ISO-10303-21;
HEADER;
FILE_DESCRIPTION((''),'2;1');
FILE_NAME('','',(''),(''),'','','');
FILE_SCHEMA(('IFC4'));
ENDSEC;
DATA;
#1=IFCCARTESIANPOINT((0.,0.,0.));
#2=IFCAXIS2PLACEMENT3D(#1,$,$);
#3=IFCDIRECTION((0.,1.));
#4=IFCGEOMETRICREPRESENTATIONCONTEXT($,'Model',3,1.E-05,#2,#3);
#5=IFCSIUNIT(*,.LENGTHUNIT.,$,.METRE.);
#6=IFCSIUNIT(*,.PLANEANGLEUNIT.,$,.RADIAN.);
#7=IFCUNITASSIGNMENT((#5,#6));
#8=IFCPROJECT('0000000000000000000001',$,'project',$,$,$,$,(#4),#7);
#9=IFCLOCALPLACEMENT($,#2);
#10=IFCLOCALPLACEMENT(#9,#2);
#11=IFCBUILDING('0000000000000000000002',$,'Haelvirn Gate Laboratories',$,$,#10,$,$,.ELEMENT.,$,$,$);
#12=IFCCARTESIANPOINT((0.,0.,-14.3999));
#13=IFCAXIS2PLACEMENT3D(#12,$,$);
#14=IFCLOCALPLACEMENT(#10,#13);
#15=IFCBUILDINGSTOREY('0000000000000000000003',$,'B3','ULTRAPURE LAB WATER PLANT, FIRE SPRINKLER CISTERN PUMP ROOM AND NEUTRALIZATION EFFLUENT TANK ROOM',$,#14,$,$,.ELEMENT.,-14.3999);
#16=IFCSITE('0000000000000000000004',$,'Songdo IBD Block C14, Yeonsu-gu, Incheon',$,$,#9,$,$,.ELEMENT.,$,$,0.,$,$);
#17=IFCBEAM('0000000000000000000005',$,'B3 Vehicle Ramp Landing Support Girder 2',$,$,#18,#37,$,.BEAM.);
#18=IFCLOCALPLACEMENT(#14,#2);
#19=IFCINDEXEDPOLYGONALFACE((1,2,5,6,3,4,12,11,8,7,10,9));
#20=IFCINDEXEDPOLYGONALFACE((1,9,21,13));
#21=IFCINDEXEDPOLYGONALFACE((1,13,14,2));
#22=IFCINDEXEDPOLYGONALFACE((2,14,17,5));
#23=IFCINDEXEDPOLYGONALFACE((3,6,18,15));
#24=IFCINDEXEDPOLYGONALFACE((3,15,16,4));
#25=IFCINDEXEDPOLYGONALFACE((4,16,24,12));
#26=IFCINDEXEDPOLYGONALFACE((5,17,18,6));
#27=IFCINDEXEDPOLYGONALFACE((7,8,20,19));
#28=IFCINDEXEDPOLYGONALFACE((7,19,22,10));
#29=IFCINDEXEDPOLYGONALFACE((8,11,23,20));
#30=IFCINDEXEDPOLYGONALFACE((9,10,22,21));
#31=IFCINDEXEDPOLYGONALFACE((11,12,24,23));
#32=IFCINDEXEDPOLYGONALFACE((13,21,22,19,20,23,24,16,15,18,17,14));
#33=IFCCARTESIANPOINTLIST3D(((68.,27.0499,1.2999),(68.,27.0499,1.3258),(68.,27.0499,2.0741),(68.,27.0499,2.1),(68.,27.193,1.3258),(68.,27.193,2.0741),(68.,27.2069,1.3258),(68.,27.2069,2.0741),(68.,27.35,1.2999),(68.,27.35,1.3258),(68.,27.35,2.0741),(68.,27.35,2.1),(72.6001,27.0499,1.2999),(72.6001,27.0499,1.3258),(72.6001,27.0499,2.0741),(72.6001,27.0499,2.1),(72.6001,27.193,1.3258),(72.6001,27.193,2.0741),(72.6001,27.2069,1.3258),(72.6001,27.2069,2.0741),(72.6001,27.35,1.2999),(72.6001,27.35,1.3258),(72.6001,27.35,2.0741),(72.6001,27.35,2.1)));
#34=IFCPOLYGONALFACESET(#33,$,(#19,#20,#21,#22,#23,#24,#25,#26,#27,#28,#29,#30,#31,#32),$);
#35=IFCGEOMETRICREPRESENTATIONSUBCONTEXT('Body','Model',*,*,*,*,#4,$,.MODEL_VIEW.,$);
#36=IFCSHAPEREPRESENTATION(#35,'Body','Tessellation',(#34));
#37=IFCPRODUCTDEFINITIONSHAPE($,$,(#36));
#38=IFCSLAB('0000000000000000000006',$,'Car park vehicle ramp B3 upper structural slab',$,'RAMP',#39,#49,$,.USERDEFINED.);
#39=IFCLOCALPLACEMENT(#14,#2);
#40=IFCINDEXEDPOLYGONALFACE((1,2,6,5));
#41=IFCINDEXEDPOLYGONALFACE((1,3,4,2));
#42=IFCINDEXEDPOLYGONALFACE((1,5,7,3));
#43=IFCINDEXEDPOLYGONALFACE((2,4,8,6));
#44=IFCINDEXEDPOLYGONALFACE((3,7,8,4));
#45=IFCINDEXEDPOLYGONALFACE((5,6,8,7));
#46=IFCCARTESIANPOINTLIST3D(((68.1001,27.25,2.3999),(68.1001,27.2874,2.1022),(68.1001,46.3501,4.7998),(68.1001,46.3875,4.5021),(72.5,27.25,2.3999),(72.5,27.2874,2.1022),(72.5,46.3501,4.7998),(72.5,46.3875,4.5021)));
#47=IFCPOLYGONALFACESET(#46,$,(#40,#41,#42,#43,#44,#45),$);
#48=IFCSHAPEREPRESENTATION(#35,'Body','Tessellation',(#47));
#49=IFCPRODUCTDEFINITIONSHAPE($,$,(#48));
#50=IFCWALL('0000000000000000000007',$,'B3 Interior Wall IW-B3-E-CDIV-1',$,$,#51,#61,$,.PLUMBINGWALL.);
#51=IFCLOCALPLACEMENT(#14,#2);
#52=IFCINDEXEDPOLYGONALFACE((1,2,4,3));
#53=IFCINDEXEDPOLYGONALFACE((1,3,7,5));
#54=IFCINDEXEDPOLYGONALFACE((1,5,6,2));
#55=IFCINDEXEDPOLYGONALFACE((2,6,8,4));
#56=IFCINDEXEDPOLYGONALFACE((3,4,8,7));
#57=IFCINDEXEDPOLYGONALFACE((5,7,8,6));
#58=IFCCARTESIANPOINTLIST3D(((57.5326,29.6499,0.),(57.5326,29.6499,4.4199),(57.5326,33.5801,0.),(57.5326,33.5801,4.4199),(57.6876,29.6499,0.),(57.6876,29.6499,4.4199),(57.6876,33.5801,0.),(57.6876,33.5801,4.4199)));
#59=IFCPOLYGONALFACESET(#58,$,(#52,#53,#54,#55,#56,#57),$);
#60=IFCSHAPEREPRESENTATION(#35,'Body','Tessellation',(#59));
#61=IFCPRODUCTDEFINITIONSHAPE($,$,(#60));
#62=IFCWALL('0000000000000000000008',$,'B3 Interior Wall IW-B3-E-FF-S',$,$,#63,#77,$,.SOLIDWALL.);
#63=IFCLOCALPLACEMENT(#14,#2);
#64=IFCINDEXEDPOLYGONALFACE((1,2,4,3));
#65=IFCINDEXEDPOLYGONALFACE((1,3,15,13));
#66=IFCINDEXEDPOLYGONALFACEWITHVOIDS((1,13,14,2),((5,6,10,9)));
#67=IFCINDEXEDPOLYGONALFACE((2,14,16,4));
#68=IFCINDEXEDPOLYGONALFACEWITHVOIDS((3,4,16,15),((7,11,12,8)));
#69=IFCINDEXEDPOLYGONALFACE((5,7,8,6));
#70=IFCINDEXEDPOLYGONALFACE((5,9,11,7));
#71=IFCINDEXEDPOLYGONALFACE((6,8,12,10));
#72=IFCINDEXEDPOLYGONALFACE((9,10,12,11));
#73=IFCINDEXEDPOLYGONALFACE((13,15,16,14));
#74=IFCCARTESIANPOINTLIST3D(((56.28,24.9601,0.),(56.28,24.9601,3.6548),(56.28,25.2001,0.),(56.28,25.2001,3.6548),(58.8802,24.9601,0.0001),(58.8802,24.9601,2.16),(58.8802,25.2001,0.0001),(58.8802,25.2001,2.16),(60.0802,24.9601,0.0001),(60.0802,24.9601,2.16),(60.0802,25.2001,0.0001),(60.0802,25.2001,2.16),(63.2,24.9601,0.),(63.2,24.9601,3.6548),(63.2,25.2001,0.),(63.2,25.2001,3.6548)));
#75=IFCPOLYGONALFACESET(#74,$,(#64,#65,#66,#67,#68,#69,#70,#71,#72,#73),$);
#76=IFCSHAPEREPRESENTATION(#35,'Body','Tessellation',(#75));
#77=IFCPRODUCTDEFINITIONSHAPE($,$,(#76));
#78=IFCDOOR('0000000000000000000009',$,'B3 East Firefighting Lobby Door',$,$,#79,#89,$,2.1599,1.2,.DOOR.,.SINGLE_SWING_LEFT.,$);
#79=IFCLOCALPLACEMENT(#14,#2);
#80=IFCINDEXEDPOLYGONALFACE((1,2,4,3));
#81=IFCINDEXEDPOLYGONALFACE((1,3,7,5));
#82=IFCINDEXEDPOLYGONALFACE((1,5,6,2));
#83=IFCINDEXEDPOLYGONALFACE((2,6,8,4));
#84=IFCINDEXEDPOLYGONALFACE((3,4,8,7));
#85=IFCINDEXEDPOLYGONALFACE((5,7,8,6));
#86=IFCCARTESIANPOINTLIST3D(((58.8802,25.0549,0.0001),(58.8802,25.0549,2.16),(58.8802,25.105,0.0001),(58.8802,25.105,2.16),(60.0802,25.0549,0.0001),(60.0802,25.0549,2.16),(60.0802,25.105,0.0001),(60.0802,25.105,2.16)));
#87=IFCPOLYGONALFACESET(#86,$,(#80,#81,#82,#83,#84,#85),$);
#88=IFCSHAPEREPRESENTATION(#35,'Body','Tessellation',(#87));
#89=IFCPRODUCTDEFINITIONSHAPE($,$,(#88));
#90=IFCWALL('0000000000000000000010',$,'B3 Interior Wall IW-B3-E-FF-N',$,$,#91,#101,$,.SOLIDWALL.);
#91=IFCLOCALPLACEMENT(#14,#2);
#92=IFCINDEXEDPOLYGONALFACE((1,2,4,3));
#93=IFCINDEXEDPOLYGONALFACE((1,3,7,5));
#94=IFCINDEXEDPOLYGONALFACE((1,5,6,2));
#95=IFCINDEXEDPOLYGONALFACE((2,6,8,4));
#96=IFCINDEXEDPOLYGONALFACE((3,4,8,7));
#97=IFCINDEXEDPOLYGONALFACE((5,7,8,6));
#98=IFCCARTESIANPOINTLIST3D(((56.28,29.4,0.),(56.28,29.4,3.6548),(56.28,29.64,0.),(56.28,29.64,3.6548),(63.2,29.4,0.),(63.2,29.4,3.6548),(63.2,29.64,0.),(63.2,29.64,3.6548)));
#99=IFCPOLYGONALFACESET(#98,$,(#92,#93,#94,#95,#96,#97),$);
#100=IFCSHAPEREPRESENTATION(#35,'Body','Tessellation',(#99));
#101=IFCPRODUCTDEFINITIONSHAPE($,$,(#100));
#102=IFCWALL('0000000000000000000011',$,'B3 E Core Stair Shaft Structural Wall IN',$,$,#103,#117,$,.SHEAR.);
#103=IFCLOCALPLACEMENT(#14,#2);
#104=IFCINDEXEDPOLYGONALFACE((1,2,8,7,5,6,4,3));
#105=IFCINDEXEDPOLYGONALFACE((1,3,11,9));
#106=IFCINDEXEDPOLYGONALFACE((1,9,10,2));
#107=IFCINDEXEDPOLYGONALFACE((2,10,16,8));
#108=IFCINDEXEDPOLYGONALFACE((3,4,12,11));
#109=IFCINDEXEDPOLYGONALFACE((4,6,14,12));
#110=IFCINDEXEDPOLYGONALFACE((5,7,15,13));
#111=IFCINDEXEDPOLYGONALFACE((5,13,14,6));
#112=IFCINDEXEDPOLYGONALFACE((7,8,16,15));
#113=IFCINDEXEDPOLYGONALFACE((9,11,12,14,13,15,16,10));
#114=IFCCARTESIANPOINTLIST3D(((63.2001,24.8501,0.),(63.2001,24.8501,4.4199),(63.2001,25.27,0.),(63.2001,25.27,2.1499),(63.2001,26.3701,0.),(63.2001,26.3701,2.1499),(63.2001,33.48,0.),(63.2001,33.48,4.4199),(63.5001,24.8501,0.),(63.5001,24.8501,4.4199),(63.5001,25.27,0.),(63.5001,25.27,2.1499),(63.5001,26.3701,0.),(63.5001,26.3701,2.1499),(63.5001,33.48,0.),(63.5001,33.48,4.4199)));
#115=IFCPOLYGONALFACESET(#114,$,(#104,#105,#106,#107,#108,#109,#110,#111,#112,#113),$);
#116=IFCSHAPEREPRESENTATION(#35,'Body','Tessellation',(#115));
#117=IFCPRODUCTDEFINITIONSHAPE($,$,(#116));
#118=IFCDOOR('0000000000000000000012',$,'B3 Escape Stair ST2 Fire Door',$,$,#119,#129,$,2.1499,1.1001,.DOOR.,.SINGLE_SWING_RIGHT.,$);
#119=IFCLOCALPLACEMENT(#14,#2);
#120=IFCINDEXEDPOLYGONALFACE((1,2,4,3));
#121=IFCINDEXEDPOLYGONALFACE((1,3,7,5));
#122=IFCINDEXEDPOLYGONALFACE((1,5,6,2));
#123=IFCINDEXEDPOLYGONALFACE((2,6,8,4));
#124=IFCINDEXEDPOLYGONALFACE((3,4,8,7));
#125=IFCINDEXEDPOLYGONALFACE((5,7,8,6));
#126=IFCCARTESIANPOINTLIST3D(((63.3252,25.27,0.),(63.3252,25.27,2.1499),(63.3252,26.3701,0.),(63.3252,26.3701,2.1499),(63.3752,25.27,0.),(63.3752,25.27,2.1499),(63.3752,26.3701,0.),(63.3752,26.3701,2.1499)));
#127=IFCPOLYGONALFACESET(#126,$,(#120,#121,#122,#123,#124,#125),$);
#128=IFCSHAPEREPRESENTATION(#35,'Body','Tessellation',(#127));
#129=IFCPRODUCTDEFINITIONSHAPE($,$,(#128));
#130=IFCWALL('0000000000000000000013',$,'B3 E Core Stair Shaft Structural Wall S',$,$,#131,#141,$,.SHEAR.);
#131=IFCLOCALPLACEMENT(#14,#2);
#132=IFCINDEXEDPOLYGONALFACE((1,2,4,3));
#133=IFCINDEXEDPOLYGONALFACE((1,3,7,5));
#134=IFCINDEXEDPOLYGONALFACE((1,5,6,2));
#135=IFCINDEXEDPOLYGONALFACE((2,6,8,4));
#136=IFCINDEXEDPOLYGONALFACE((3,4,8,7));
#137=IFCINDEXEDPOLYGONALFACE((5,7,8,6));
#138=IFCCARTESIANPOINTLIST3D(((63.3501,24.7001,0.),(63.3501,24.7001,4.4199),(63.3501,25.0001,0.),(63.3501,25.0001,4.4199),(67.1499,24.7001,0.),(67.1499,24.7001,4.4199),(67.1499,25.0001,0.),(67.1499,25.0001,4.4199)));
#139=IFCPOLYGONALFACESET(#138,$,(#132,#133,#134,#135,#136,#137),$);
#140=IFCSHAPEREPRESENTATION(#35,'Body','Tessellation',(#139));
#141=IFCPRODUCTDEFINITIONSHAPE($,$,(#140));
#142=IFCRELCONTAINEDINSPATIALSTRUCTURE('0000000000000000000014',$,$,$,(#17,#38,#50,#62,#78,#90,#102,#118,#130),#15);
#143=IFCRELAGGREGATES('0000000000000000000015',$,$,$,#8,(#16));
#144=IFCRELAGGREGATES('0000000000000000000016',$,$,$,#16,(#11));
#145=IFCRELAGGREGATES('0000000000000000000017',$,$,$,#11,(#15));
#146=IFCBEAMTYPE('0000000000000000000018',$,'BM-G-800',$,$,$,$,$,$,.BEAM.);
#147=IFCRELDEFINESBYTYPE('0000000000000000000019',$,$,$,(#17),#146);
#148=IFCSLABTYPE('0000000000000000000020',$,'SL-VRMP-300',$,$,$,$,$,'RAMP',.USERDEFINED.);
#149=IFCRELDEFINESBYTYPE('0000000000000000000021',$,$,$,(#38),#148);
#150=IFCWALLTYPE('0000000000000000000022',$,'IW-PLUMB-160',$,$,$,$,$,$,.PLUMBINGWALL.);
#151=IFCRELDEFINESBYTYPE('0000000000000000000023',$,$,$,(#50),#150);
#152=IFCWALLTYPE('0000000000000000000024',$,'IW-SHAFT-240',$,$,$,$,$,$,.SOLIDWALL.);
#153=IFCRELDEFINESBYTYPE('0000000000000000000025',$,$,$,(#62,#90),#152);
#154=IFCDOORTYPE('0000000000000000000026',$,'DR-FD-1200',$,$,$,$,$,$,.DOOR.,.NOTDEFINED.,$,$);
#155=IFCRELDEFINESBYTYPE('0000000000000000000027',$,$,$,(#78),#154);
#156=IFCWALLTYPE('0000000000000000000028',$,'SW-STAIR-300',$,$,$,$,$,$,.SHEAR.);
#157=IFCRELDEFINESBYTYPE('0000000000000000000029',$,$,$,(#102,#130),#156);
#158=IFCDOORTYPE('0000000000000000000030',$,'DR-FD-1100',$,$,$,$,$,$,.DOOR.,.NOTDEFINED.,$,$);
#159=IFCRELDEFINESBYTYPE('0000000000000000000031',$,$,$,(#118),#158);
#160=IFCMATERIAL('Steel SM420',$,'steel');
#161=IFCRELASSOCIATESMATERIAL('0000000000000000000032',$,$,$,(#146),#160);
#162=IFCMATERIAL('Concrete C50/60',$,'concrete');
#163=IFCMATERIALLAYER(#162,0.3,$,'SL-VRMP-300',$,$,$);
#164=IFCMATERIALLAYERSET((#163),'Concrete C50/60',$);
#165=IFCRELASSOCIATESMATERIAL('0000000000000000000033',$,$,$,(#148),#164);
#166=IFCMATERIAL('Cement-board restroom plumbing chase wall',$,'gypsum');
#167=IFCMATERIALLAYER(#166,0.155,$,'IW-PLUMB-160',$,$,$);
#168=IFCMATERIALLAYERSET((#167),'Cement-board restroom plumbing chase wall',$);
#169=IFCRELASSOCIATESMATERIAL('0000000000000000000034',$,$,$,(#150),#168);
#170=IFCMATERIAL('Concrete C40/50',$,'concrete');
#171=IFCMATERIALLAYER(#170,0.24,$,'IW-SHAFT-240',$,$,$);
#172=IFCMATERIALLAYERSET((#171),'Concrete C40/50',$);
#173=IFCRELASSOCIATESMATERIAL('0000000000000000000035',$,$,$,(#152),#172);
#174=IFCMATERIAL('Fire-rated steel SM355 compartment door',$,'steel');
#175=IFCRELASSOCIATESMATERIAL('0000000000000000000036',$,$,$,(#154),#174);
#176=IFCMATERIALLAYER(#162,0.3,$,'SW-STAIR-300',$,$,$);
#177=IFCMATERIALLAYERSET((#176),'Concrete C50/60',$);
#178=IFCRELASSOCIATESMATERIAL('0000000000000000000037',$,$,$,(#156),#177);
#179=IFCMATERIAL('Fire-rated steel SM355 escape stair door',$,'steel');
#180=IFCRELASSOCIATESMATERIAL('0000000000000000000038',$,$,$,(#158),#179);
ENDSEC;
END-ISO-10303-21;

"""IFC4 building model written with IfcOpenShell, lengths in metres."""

from ifc_helpers import new_model, si_unit, direction, frame, frame_2d, origin, origin_2d, place, context, subcontext, project, spatial, polyline, rectangle, i_section, outline, extrude, source, transform, mapped, material, layer, layer_set, material_profile, profile_set, type_object, type_shapes, element, fill, save


model = new_model("IFC4")

# Units and contexts
model_context = context("Model", 3, precision=1e-05, world=origin(), true_north=direction((0.0, 1.0)))
body_context = subcontext(model_context, "Body", "Model", "MODEL_VIEW")
ifc_project = project(units=[si_unit("LENGTHUNIT", "METRE"), si_unit("PLANEANGLEUNIT", "RADIAN")], contexts=[model_context])

# Site, building, storey
site_placement = place(None, origin())
site = spatial("IfcSite", under=ifc_project, at=site_placement, Name="Songdo IBD Block C14, Yeonsu-gu, Incheon", CompositionType="ELEMENT", RefElevation=0.0)
building_placement = place(site_placement, origin())
building = spatial("IfcBuilding", under=site, at=building_placement, Name="Haelvirn Gate Laboratories", CompositionType="ELEMENT")
storey_placement = place(building_placement, frame((0.0, 0.0, -14.3999)))
storey = spatial("IfcBuildingStorey", under=building, at=storey_placement, Name="B3", Description="ULTRAPURE LAB WATER PLANT, FIRE SPRINKLER CISTERN PUMP ROOM AND NEUTRALIZATION EFFLUENT TANK ROOM", CompositionType="ELEMENT", Elevation=-14.3999)

# Shared definitions
ifc_material_1 = material(Name="Concrete C50/60", Category="concrete")

# Beam
ifc_material_2 = material(Name="Steel SM420", Category="steel")
ifc_material_profile_1 = material_profile(ifc_material_2, i_section(OverallWidth=0.3, OverallDepth=0.8, WebThickness=0.0139, FlangeThickness=0.0259, at=origin_2d()), Name="H-800x300x14x26")
ifc_profile_set_1 = profile_set([ifc_material_profile_1], Name="Steel SM420")
beam_type = type_object("IfcBeamType", Name="BM-G-800", PredefinedType="BEAM", material=ifc_profile_set_1)
shared_shape_1 = source(origin(), body_context, "Body", "SweptSolid", [
    extrude(i_section(OverallWidth=0.3, OverallDepth=0.8, WebThickness=0.0139, FlangeThickness=0.0259, at=origin_2d()), origin(), (0.0, 0.0, 1.0), 4.6001),
])
type_shapes(beam_type, [shared_shape_1])
for number, where, z_axis, x_axis, name in (
    (1, (68.0, 27.2, 1.7), (1.0, 0.0, 0.0), (0.0, 1.0, 0.0), "B3 Vehicle Ramp Landing Support Girder 2"),
):
    element("IfcBeam", number, at=place(storey_placement, frame(where, z_axis=z_axis, x_axis=x_axis)), inside=storey, type_object=beam_type, Name=name, PredefinedType="BEAM", context=body_context, shape_type="MappedRepresentation", body=[
        mapped(shared_shape_1, transform((0.0, 0.0, 0.0), scale=1.0)),
    ])

# Slab
ifc_layer_1 = layer(ifc_material_1, 0.3, Name="SL-VRMP-300")
ifc_layer_set_1 = layer_set([ifc_layer_1], Name="Concrete C50/60")
slab_type = type_object("IfcSlabType", Name="SL-VRMP-300", ElementType="RAMP", PredefinedType="USERDEFINED", material=ifc_layer_set_1)
slab_placement = place(storey_placement, frame((68.1001, 27.25, 2.3999), z_axis=(0.0, -0.124668, 0.992198), x_axis=(1.0, 0.0, 0.0)))
element("IfcSlab", 2, at=slab_placement, inside=storey, type_object=slab_type, Name="Car park vehicle ramp B3 upper structural slab", ObjectType="RAMP", PredefinedType="USERDEFINED", context=body_context, shape_type="SweptSolid", body=[
    extrude(outline(polyline([(0.0, 0.0), (4.3999, 0.0), (4.3999, 19.2502), (0.0, 19.2502), (0.0, 0.0)])), origin(), (0.0, 0.0, -1.0), 0.3),
])

# Wall
ifc_material_3 = material(Name="Cement-board restroom plumbing chase wall", Category="gypsum")
ifc_layer_2 = layer(ifc_material_3, 0.155, Name="IW-PLUMB-160")
ifc_layer_set_2 = layer_set([ifc_layer_2], Name="Cement-board restroom plumbing chase wall")
wall_type_1 = type_object("IfcWallType", Name="IW-PLUMB-160", PredefinedType="PLUMBINGWALL", material=ifc_layer_set_2)
wall_1_placement = place(storey_placement, frame((57.6101, 29.6499, 0.0), z_axis=(0.0, 0.0, 1.0), x_axis=(0.0, 1.0, 0.0)))
element("IfcWall", 3, at=wall_1_placement, inside=storey, type_object=wall_type_1, Name="B3 Interior Wall IW-B3-E-CDIV-1", PredefinedType="PLUMBINGWALL", context=body_context, shape_type="SweptSolid", body=[
    extrude(rectangle(XDim=3.9302, YDim=0.155, at=frame_2d((1.9651, 0.0))), origin(), (0.0, 0.0, 1.0), 4.4199),
])

# Wall, opening, door
ifc_material_4 = material(Name="Concrete C40/50", Category="concrete")
ifc_layer_3 = layer(ifc_material_4, 0.24, Name="IW-SHAFT-240")
ifc_layer_set_3 = layer_set([ifc_layer_3], Name="Concrete C40/50")
wall_type_2 = type_object("IfcWallType", Name="IW-SHAFT-240", PredefinedType="SOLIDWALL", material=ifc_layer_set_3)
wall_2_placement = place(storey_placement, frame((56.28, 25.0801, 0.0), z_axis=(0.0, 0.0, 1.0), x_axis=(1.0, 0.0, 0.0)))
wall_2 = element("IfcWall", 4, at=wall_2_placement, inside=storey, type_object=wall_type_2, Name="B3 Interior Wall IW-B3-E-FF-S", PredefinedType="SOLIDWALL", context=body_context, shape_type="SweptSolid", body=[
    extrude(rectangle(XDim=6.9199, YDim=0.24, at=frame_2d((3.46, 0.0))), origin(), (0.0, 0.0, 1.0), 3.6548),
])
opening_1_placement = place(wall_2_placement, frame((2.6001, 0.0, 0.0)))
opening_1 = element("IfcOpeningElement", 5, at=opening_1_placement, cuts=wall_2, PredefinedType="OPENING", context=body_context, shape_type="SweptSolid", body=[
    extrude(rectangle(XDim=1.2, YDim=2.1599, at=frame_2d((0.6001, 1.0801))), frame((0.0, 0.1299, 0.0), z_axis=(0.0, -1.0, 0.0), x_axis=(1.0, 0.0, 0.0)), (0.0, 0.0, 1.0), 0.26),
])
ifc_material_5 = material(Name="Fire-rated steel SM355 compartment door", Category="steel")
door_type_1 = type_object("IfcDoorType", Name="DR-FD-1200", OperationType="NOTDEFINED", PredefinedType="DOOR", material=ifc_material_5)
shared_shape_2 = source(origin(), body_context, "Body", "SweptSolid", [
    extrude(rectangle(XDim=1.2, YDim=2.1599, at=frame_2d((0.6001, 1.0801))), frame((0.0, 0.0249, 0.0), z_axis=(0.0, -1.0, 0.0), x_axis=(1.0, 0.0, 0.0)), (0.0, 0.0, 1.0), 0.05),
])
type_shapes(door_type_1, [shared_shape_2])
door_1_placement = place(opening_1_placement, origin())
door_1 = element("IfcDoor", 6, at=door_1_placement, inside=storey, type_object=door_type_1, Name="B3 East Firefighting Lobby Door", OperationType="SINGLE_SWING_LEFT", OverallHeight=2.1599, OverallWidth=1.2, PredefinedType="DOOR", context=body_context, shape_type="MappedRepresentation", body=[
    mapped(shared_shape_2, transform((0.0, 0.0, 0.0), scale=1.0)),
])
fill(opening_1, door_1)

# Wall
wall_3_placement = place(storey_placement, frame((56.28, 29.52, 0.0), z_axis=(0.0, 0.0, 1.0), x_axis=(1.0, 0.0, 0.0)))
element("IfcWall", 7, at=wall_3_placement, inside=storey, type_object=wall_type_2, Name="B3 Interior Wall IW-B3-E-FF-N", PredefinedType="SOLIDWALL", context=body_context, shape_type="SweptSolid", body=[
    extrude(rectangle(XDim=6.9199, YDim=0.24, at=frame_2d((3.46, 0.0))), origin(), (0.0, 0.0, 1.0), 3.6548),
])

# Wall, opening, door
ifc_layer_4 = layer(ifc_material_1, 0.3, Name="SW-STAIR-300")
ifc_layer_set_4 = layer_set([ifc_layer_4], Name="Concrete C50/60")
wall_type_3 = type_object("IfcWallType", Name="SW-STAIR-300", PredefinedType="SHEAR", material=ifc_layer_set_4)
wall_4_placement = place(storey_placement, frame((63.3501, 24.8501, 0.0), z_axis=(0.0, 0.0, 1.0), x_axis=(0.0, 1.0, 0.0)))
wall_4 = element("IfcWall", 8, at=wall_4_placement, inside=storey, type_object=wall_type_3, Name="B3 E Core Stair Shaft Structural Wall IN", PredefinedType="SHEAR", context=body_context, shape_type="SweptSolid", body=[
    extrude(rectangle(XDim=8.6299, YDim=0.3, at=frame_2d((4.3149, 0.0))), origin(), (0.0, 0.0, 1.0), 4.4199),
])
opening_2_placement = place(wall_4_placement, frame((0.4199, 0.0, 0.0)))
opening_2 = element("IfcOpeningElement", 9, at=opening_2_placement, cuts=wall_4, PredefinedType="OPENING", context=body_context, shape_type="SweptSolid", body=[
    extrude(rectangle(XDim=1.1001, YDim=2.1499, at=frame_2d((0.55, 1.075))), frame((0.0, 0.1602, 0.0), z_axis=(0.0, -1.0, 0.0), x_axis=(1.0, 0.0, 0.0)), (0.0, 0.0, 1.0), 0.3201),
])
ifc_material_6 = material(Name="Fire-rated steel SM355 escape stair door", Category="steel")
door_type_2 = type_object("IfcDoorType", Name="DR-FD-1100", OperationType="NOTDEFINED", PredefinedType="DOOR", material=ifc_material_6)
shared_shape_3 = source(origin(), body_context, "Body", "SweptSolid", [
    extrude(rectangle(XDim=1.1001, YDim=2.1499, at=frame_2d((0.55, 1.075))), frame((0.0, 0.0249, 0.0), z_axis=(0.0, -1.0, 0.0), x_axis=(1.0, 0.0, 0.0)), (0.0, 0.0, 1.0), 0.05),
])
type_shapes(door_type_2, [shared_shape_3])
door_2_placement = place(opening_2_placement, origin())
door_2 = element("IfcDoor", 10, at=door_2_placement, inside=storey, type_object=door_type_2, Name="B3 Escape Stair ST2 Fire Door", OperationType="SINGLE_SWING_RIGHT", OverallHeight=2.1499, OverallWidth=1.1001, PredefinedType="DOOR", context=body_context, shape_type="MappedRepresentation", body=[
    mapped(shared_shape_3, transform((0.0, 0.0, 0.0), scale=1.0)),
])
fill(opening_2, door_2)

# Wall
wall_5_placement = place(storey_placement, frame((63.3501, 24.8501, 0.0), z_axis=(0.0, 0.0, 1.0), x_axis=(1.0, 0.0, 0.0)))
element("IfcWall", 11, at=wall_5_placement, inside=storey, type_object=wall_type_3, Name="B3 E Core Stair Shaft Structural Wall S", PredefinedType="SHEAR", context=body_context, shape_type="SweptSolid", body=[
    extrude(rectangle(XDim=3.7998, YDim=0.3, at=frame_2d((1.8999, 0.0))), origin(), (0.0, 0.0, 1.0), 4.4199),
])

save(model, "model.ifc")
